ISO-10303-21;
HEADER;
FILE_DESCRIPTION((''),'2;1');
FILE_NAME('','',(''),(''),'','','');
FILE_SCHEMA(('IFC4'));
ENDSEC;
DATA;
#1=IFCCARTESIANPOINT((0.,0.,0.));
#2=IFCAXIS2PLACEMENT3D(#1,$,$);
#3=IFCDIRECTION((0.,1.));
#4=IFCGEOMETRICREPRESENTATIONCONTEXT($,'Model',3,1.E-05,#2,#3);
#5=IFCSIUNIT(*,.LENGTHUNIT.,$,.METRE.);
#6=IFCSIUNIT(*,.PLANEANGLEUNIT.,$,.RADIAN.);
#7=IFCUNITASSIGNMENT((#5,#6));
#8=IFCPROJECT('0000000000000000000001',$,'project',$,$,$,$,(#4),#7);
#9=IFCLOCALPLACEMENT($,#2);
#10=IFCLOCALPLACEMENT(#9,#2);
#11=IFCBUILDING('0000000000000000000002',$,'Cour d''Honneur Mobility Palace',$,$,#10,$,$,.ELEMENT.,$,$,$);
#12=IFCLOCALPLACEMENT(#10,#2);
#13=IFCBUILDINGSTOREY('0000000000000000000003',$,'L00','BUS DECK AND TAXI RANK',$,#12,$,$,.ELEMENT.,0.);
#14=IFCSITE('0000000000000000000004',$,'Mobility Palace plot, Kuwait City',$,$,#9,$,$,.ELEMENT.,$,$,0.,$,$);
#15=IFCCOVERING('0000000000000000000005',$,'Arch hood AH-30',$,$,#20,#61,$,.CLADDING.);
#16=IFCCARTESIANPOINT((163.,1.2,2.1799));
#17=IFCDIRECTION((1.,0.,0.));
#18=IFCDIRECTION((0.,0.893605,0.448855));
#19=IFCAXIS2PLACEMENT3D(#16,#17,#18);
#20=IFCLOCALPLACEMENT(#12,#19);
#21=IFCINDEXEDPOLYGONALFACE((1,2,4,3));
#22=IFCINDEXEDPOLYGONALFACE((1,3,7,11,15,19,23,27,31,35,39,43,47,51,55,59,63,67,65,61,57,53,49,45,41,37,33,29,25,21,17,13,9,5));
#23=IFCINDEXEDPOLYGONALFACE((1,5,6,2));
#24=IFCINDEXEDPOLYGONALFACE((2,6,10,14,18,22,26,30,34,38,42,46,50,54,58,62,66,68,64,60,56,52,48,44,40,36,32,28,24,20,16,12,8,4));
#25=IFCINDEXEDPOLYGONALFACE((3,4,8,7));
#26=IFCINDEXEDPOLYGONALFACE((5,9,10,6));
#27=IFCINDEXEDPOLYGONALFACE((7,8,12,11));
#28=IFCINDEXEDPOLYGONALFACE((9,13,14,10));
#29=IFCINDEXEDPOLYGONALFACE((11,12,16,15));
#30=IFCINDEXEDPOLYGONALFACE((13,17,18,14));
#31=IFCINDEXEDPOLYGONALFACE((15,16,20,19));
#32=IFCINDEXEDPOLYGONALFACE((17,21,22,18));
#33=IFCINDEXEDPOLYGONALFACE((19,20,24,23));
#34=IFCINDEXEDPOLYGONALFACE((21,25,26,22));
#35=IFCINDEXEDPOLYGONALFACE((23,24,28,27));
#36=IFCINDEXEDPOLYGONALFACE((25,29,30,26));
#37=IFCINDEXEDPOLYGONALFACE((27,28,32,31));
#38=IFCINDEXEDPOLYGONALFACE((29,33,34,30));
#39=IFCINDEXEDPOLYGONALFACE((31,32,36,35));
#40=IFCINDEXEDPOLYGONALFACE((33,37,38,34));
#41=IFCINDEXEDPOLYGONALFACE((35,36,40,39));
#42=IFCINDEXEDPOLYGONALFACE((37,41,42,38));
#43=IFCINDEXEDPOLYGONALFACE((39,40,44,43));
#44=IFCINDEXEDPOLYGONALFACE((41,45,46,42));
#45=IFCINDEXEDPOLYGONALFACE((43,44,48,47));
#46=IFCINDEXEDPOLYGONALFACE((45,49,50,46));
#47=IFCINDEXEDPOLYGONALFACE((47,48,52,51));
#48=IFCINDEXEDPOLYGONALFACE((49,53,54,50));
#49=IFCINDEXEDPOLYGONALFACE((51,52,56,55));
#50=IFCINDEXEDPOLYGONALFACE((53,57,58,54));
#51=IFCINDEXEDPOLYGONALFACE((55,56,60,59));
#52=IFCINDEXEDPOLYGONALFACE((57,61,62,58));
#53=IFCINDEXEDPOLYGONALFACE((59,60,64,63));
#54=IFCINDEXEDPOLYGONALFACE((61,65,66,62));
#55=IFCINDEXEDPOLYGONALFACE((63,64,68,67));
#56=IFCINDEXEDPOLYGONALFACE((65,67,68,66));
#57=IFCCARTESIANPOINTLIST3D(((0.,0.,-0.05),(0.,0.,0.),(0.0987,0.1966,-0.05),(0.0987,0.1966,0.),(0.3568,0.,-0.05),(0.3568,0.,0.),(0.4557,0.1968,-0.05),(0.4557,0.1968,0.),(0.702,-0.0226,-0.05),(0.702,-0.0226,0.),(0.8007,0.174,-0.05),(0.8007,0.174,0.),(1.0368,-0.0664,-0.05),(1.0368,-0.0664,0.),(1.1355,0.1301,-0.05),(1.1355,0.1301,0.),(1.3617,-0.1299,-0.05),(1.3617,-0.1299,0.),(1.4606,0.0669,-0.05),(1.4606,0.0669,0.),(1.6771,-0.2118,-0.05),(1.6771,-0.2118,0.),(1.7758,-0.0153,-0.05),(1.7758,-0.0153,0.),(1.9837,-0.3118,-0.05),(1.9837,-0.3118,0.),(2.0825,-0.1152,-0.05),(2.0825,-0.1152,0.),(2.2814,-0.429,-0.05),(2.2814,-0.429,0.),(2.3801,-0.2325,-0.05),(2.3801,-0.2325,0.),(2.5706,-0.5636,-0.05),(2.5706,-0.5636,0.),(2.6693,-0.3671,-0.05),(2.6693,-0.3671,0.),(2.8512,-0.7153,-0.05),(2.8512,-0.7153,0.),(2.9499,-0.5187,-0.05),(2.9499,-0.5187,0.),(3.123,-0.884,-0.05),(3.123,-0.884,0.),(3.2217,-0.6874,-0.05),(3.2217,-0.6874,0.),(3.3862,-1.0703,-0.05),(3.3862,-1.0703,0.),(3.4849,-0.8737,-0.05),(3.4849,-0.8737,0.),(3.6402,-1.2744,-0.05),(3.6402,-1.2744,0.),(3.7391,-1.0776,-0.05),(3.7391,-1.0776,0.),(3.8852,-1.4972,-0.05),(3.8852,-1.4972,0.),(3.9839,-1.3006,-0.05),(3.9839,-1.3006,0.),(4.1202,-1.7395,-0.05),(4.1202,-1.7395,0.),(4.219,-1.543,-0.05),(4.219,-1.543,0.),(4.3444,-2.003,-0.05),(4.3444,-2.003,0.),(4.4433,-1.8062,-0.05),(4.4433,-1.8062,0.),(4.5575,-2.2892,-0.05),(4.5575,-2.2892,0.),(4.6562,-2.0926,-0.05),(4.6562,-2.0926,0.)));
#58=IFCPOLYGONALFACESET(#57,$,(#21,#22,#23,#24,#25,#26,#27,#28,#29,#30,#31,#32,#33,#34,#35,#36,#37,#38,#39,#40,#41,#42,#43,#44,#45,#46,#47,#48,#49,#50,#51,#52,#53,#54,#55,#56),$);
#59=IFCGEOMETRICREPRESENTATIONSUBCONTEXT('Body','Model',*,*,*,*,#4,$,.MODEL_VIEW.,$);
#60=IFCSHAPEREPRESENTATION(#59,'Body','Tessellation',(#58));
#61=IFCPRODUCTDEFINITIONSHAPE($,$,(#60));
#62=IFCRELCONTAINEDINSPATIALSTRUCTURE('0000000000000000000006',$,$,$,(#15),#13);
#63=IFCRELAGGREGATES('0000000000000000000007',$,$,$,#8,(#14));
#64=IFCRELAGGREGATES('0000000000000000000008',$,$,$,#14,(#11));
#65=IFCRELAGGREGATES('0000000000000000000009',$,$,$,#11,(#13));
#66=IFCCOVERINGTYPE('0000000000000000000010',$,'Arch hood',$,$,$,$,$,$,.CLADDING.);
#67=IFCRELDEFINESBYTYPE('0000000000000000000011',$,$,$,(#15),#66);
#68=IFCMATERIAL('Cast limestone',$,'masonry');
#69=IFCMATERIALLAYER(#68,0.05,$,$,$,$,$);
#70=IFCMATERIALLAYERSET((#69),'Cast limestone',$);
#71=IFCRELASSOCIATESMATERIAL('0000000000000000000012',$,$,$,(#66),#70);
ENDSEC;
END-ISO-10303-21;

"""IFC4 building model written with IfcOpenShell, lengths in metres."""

from ifc_helpers import new_model, si_unit, direction, frame, origin, place, context, subcontext, project, spatial, polyline, outline, extrude, material, layer, layer_set, type_object, element, save


model = new_model("IFC4")

# Units and contexts
model_context = context("Model", 3, precision=1e-05, world=origin(), true_north=direction((0.0, 1.0)))
body_context = subcontext(model_context, "Body", "Model", "MODEL_VIEW")
ifc_project = project(units=[si_unit("LENGTHUNIT", "METRE"), si_unit("PLANEANGLEUNIT", "RADIAN")], contexts=[model_context])

# Site, building, storey
site_placement = place(None, origin())
site = spatial("IfcSite", under=ifc_project, at=site_placement, Name="Mobility Palace plot, Kuwait City", CompositionType="ELEMENT", RefElevation=0.0)
building_placement = place(site_placement, origin())
building = spatial("IfcBuilding", under=site, at=building_placement, Name="Cour d'Honneur Mobility Palace", CompositionType="ELEMENT")
storey_placement = place(building_placement, origin())
storey = spatial("IfcBuildingStorey", under=building, at=storey_placement, Name="L00", Description="BUS DECK AND TAXI RANK", CompositionType="ELEMENT", Elevation=0.0)

# Covering
ifc_material_1 = material(Name="Cast limestone", Category="masonry")
ifc_layer_1 = layer(ifc_material_1, 0.05)
ifc_layer_set_1 = layer_set([ifc_layer_1], Name="Cast limestone")
covering_type_1 = type_object("IfcCoveringType", Name="Arch hood", PredefinedType="CLADDING", material=ifc_layer_set_1)
covering_1_placement = place(storey_placement, frame((163.0, 1.2, 2.1799), z_axis=(1.0, 0.0, 0.0), x_axis=(0.0, 0.893605, 0.448855)))
element("IfcCovering", 1, at=covering_1_placement, inside=storey, type_object=covering_type_1, Name="Arch hood AH-30", PredefinedType="CLADDING", context=body_context, shape_type="SweptSolid", body=[
    extrude(outline(polyline([(0.0, 0.0), (0.3568, 0.0), (0.702, -0.0226), (1.0368, -0.0664), (1.3617, -0.1299), (1.6771, -0.2118), (1.9837, -0.3118), (2.2814, -0.429), (2.5706, -0.5636), (2.8512, -0.7153), (3.123, -0.884), (3.3862, -1.0703), (3.6402, -1.2744), (3.8852, -1.4972), (4.1202, -1.7395), (4.3444, -2.003), (4.5575, -2.2892), (4.6562, -2.0926), (4.4433, -1.8062), (4.219, -1.543), (3.9839, -1.3006), (3.7391, -1.0776), (3.4849, -0.8737), (3.2217, -0.6874), (2.9499, -0.5187), (2.6693, -0.3671), (2.3801, -0.2325), (2.0825, -0.1152), (1.7758, -0.0153), (1.4606, 0.0669), (1.1355, 0.1301), (0.8007, 0.174), (0.4557, 0.1968), (0.0987, 0.1966), (0.0, 0.0)])), origin(), (0.0, 0.0, -1.0), 0.05),
])

save(model, "model.ifc")
